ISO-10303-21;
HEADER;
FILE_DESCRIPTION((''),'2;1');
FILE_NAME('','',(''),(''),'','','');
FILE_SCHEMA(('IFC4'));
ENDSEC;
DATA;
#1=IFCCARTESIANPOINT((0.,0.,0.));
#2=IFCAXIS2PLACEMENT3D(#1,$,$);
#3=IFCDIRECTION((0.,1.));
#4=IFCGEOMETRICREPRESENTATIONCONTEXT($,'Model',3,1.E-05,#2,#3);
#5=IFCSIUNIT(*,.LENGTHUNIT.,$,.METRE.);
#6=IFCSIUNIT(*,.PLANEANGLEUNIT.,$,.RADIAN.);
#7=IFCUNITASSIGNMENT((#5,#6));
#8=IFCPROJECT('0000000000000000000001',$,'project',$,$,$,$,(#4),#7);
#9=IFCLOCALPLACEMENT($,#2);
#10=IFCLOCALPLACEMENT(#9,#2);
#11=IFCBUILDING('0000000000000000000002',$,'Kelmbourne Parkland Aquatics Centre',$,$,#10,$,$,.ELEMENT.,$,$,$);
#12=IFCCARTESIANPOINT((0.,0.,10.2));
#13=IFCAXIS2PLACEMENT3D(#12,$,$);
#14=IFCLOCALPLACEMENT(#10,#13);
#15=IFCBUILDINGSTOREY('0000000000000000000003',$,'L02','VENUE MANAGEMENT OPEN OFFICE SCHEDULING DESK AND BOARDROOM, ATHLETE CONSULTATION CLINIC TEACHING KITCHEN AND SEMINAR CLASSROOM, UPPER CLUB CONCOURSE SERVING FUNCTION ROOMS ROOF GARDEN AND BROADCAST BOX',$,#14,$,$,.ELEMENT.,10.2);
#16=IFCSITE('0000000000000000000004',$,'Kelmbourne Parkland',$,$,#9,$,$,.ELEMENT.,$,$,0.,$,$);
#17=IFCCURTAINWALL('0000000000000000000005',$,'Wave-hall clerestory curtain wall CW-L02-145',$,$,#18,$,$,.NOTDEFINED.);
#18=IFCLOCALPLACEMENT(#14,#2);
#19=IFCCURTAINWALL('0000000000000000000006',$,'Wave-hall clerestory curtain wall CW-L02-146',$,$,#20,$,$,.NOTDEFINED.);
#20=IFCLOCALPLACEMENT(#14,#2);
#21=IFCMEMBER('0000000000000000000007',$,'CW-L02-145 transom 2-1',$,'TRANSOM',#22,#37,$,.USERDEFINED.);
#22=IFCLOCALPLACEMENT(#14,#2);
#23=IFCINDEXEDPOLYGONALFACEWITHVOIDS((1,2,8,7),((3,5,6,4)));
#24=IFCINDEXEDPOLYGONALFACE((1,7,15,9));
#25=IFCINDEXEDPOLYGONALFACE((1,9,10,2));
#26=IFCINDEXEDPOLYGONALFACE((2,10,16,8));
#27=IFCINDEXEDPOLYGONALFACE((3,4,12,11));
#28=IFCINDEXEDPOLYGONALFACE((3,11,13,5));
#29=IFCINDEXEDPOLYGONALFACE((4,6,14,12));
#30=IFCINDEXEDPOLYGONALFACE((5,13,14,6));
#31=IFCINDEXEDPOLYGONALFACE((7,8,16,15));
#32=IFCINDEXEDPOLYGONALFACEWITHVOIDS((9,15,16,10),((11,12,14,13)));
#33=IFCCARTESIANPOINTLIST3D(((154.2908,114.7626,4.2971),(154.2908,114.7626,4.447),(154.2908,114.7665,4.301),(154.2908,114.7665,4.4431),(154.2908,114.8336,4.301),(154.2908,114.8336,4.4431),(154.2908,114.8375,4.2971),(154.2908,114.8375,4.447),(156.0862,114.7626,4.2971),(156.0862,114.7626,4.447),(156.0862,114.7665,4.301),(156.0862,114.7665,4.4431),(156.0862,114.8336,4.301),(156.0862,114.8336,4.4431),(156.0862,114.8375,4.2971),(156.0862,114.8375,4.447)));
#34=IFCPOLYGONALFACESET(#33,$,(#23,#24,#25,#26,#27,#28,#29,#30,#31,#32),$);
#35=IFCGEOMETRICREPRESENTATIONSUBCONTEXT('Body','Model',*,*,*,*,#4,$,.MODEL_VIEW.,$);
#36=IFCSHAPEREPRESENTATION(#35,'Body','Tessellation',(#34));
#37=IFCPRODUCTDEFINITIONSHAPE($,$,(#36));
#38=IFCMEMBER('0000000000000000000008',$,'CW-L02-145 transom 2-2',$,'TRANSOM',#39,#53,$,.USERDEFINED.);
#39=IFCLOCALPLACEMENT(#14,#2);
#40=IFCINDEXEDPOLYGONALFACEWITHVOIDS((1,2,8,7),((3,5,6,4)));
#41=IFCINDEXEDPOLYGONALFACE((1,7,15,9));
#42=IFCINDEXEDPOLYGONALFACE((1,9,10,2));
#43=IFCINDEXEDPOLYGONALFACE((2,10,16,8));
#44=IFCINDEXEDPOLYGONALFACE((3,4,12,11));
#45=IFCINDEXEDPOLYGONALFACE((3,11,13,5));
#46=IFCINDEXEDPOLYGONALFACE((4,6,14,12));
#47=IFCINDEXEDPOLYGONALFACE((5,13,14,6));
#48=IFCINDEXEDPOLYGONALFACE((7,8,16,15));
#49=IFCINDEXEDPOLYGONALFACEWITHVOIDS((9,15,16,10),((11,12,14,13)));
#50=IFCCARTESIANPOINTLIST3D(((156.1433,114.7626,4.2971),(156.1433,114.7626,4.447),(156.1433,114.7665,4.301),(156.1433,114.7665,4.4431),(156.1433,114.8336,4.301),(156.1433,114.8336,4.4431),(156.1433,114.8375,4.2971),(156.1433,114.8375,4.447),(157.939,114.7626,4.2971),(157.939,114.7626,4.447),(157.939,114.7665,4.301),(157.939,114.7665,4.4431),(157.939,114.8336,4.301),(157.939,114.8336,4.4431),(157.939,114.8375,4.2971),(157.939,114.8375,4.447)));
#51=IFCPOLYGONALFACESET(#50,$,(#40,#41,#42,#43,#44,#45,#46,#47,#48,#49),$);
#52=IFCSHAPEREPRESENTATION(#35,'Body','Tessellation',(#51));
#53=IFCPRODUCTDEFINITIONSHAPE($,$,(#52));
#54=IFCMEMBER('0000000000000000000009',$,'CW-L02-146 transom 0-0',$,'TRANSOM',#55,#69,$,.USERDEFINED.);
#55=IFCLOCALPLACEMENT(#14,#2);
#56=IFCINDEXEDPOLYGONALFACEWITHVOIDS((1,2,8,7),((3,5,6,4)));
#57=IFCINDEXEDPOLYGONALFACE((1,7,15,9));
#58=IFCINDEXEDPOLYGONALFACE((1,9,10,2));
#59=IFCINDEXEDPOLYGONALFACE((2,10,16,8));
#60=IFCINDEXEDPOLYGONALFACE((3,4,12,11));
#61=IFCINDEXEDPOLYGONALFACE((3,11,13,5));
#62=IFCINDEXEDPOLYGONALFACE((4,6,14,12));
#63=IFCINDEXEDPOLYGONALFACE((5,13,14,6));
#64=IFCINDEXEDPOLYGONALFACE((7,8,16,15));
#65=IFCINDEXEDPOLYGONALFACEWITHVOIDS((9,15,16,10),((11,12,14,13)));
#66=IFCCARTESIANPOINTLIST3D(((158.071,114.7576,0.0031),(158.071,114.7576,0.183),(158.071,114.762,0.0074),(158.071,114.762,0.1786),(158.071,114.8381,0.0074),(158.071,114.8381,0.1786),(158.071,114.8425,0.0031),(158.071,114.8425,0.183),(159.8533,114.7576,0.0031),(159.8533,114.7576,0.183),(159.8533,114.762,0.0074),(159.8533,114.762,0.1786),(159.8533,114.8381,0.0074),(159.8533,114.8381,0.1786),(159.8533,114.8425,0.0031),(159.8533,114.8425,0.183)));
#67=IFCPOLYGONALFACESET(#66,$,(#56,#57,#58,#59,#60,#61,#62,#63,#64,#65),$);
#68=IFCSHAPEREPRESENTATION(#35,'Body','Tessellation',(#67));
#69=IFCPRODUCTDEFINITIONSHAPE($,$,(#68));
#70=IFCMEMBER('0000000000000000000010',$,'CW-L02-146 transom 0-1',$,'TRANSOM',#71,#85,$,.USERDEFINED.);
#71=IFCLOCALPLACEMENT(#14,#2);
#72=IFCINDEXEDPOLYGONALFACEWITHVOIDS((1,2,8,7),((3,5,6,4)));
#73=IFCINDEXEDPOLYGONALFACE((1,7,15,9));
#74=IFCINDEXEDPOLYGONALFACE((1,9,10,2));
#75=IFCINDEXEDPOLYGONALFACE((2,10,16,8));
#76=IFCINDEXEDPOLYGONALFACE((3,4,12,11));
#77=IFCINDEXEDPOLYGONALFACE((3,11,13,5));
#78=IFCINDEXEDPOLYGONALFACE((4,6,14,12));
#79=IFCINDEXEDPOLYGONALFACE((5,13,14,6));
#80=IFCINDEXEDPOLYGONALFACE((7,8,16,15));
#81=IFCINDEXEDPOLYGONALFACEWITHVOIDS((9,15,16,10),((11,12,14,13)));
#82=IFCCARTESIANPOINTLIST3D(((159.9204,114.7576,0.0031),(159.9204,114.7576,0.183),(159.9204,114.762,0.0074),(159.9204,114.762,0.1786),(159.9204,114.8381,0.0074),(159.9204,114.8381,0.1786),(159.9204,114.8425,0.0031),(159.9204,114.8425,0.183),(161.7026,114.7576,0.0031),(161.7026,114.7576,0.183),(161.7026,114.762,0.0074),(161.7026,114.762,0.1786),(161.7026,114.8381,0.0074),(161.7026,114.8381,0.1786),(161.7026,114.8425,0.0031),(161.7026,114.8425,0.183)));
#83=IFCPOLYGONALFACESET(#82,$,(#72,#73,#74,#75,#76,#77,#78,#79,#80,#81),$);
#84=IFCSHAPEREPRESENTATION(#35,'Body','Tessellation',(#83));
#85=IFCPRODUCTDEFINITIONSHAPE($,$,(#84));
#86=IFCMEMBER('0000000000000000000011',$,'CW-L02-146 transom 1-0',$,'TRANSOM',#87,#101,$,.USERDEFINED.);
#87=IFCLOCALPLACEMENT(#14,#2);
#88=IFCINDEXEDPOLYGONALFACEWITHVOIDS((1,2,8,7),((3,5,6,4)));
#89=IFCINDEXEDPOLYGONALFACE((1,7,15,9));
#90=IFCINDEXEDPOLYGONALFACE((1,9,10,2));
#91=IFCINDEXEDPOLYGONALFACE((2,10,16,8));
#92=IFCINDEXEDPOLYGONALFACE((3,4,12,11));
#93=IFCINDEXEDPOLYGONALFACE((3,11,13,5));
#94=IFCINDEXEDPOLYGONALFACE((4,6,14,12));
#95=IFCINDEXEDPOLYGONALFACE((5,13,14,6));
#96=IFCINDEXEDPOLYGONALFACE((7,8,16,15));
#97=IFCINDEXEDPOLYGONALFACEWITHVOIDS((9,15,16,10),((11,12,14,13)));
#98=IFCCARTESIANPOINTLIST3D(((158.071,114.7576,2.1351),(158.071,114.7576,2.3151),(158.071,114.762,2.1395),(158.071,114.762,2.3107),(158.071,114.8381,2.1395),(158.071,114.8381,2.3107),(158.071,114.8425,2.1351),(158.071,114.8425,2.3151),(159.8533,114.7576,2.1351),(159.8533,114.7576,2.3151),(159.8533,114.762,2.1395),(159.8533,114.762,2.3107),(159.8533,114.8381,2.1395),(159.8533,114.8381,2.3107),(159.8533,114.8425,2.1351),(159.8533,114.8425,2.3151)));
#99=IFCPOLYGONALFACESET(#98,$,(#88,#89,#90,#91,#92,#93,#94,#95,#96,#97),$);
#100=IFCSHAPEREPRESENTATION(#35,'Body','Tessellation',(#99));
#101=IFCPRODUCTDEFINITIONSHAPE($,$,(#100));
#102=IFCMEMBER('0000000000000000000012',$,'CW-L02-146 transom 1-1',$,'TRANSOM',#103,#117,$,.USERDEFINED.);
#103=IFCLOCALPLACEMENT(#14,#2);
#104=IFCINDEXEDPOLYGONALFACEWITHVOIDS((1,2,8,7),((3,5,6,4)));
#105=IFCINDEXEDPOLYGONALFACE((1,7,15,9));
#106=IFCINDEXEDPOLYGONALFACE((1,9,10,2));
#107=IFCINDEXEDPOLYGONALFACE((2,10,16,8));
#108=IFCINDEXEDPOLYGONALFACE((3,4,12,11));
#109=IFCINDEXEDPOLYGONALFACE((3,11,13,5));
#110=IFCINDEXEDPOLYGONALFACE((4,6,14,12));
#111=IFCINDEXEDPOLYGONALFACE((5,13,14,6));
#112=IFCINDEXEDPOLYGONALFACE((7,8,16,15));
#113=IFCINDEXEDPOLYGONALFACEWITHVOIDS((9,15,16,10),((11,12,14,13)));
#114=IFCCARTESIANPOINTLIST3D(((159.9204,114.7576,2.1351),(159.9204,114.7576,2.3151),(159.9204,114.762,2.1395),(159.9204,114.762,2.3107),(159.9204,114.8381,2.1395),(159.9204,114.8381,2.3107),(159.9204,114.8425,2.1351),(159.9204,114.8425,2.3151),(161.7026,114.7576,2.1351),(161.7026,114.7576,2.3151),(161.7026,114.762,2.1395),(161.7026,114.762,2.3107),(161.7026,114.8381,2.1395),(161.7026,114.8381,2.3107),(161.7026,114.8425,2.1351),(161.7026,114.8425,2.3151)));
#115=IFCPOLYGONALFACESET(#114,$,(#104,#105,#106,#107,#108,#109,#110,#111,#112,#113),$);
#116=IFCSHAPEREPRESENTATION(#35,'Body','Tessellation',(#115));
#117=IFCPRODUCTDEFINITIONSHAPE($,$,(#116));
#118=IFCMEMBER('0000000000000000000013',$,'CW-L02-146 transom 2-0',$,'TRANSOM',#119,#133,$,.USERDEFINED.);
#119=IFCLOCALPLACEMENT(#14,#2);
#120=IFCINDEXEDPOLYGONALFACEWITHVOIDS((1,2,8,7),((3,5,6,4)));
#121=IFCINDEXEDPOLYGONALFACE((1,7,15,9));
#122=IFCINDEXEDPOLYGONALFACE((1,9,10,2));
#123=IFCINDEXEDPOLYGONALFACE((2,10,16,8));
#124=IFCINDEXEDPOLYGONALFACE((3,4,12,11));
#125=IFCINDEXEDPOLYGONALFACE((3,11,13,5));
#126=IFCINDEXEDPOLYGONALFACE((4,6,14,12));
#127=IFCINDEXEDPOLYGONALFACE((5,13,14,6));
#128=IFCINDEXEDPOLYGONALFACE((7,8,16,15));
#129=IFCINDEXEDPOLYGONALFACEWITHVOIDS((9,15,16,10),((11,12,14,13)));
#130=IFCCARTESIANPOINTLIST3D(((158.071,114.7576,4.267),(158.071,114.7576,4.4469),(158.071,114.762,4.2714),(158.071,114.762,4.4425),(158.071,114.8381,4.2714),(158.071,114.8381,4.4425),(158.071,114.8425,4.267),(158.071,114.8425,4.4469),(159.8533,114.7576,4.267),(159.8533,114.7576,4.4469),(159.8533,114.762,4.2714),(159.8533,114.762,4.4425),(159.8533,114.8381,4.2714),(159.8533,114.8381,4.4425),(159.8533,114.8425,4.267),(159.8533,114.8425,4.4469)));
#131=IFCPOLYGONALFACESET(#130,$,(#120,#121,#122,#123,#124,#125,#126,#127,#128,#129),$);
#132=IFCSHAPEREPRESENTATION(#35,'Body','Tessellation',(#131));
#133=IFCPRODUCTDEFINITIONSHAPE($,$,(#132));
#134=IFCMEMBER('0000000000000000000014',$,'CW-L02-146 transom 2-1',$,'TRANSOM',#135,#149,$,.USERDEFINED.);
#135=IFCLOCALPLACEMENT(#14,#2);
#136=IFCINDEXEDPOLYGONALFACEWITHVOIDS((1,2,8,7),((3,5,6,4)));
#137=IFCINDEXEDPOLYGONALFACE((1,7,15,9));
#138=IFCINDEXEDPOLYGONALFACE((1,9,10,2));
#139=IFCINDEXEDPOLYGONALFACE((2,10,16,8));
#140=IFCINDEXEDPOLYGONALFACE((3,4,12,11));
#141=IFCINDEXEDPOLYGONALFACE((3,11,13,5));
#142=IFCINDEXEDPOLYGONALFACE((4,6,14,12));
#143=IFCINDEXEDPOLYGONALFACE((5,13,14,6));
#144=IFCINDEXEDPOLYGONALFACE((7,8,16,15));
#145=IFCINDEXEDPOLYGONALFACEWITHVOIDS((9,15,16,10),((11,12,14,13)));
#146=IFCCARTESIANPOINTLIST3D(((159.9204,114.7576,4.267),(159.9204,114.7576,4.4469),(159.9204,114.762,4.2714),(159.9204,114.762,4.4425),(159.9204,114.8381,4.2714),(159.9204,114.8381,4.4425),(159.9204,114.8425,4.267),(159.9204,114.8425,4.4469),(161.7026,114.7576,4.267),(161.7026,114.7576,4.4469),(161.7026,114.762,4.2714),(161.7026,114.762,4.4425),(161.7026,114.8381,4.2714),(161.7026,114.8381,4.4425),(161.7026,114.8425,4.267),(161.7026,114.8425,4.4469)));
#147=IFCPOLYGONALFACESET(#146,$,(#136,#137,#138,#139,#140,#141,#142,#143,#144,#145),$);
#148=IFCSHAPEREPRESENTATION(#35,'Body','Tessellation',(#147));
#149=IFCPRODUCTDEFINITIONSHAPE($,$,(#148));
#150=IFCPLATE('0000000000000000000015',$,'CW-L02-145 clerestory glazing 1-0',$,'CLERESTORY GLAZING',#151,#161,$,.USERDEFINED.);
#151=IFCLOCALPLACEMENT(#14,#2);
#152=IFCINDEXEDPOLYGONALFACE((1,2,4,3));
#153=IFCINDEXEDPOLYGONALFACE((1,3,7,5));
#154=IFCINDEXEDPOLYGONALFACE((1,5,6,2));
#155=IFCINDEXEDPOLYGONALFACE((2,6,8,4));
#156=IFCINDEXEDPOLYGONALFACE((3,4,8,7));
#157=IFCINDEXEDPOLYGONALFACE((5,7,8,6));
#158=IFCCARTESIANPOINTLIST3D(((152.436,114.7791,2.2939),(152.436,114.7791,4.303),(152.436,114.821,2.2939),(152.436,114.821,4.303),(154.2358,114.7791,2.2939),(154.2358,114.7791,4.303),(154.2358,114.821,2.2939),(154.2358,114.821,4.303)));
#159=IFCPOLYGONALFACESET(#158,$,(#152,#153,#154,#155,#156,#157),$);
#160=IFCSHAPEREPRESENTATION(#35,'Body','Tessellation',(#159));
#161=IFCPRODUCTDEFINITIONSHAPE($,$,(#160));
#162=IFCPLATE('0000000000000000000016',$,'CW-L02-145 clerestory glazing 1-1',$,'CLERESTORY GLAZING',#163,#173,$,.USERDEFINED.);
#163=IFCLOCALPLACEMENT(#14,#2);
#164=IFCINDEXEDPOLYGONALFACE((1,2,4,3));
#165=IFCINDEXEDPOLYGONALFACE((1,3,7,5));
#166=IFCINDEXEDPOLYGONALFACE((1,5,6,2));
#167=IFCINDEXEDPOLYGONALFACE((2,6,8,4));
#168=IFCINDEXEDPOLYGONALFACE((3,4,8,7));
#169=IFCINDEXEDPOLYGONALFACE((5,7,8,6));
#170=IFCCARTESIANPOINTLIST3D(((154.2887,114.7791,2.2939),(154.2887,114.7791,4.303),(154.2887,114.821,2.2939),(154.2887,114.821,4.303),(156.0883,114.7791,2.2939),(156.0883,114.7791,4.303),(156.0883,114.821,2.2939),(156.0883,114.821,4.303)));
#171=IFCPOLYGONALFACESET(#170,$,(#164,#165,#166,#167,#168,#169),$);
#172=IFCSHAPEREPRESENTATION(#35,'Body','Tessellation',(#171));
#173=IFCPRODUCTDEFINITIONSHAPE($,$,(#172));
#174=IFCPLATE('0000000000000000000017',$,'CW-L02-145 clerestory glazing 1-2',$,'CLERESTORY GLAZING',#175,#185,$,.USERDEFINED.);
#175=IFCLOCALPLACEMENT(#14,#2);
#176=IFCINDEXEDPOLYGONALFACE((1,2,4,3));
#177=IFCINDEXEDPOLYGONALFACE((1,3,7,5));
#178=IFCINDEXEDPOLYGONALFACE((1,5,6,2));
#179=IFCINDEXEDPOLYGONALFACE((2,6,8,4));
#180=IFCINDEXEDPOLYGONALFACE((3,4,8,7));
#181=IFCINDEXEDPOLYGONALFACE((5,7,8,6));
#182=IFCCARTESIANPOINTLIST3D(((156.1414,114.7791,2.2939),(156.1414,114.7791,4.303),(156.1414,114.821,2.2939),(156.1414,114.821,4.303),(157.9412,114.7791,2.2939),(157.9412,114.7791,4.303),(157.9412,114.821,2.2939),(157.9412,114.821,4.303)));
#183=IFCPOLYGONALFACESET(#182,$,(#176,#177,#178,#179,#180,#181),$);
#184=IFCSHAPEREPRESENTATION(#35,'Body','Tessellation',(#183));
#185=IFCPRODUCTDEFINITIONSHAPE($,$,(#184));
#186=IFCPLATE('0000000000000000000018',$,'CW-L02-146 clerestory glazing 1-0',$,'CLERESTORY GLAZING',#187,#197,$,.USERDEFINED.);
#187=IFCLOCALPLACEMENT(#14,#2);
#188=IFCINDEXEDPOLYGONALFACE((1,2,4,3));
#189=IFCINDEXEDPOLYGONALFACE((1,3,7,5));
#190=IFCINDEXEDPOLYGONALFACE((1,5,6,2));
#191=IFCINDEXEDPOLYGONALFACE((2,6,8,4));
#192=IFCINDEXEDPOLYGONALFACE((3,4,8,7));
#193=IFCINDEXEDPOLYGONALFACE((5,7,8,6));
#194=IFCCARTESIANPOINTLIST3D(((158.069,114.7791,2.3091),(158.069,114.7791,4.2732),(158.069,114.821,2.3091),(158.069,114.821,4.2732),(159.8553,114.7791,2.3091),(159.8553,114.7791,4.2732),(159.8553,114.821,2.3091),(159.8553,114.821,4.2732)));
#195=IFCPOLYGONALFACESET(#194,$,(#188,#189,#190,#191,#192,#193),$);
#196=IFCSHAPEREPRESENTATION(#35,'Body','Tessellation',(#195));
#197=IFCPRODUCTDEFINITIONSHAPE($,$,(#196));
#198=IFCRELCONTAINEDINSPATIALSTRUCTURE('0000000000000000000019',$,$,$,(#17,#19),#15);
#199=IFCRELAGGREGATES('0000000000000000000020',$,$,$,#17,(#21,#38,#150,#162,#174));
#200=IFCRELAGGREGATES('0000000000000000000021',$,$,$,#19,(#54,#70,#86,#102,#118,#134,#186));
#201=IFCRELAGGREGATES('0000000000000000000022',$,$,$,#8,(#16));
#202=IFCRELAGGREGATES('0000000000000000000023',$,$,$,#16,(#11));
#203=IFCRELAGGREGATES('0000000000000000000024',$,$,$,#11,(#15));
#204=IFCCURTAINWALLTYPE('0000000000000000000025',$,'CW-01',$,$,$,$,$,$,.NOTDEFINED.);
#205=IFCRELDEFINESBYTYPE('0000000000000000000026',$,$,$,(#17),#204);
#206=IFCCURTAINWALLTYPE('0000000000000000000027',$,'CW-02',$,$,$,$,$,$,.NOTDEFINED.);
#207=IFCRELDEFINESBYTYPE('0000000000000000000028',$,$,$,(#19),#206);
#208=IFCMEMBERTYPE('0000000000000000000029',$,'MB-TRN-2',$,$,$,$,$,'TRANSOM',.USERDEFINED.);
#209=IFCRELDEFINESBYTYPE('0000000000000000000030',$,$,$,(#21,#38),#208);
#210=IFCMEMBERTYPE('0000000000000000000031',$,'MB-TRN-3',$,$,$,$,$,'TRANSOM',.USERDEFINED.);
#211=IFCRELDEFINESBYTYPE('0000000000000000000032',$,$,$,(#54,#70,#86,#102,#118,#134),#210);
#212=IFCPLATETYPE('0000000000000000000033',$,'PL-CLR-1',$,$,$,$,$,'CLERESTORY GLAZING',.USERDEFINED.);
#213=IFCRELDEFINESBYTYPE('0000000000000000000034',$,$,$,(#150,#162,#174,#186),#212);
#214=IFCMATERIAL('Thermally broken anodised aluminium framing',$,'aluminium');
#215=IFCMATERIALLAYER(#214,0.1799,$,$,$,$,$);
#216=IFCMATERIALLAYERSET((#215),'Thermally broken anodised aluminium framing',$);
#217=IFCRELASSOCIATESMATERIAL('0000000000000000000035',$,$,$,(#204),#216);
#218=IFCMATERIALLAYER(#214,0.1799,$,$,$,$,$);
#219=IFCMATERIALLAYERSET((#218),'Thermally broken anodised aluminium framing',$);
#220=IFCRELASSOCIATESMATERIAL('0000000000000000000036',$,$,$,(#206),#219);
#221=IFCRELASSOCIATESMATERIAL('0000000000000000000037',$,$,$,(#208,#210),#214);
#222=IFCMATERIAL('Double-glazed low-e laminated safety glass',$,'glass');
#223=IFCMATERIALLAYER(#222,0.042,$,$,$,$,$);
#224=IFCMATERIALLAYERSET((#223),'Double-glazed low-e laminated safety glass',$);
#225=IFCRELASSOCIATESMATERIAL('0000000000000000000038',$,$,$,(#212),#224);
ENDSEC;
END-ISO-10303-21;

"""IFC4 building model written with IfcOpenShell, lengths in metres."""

from ifc_helpers import new_model, si_unit, direction, frame, origin, origin_2d, place, context, subcontext, project, spatial, rectangle, hollow_rectangle, extrude, material, layer, layer_set, material_profile, profile_set, type_object, element, aggregate, save


model = new_model("IFC4")

# Units and contexts
model_context = context("Model", 3, precision=1e-05, world=origin(), true_north=direction((0.0, 1.0)))
body_context = subcontext(model_context, "Body", "Model", "MODEL_VIEW")
ifc_project = project(units=[si_unit("LENGTHUNIT", "METRE"), si_unit("PLANEANGLEUNIT", "RADIAN")], contexts=[model_context])

# Site, building, storey
site_placement = place(None, origin())
site = spatial("IfcSite", under=ifc_project, at=site_placement, Name="Kelmbourne Parkland", CompositionType="ELEMENT", RefElevation=0.0)
building_placement = place(site_placement, origin())
building = spatial("IfcBuilding", under=site, at=building_placement, Name="Kelmbourne Parkland Aquatics Centre", CompositionType="ELEMENT")
storey_placement = place(building_placement, frame((0.0, 0.0, 10.2)))
storey = spatial("IfcBuildingStorey", under=building, at=storey_placement, Name="L02", Description="VENUE MANAGEMENT OPEN OFFICE SCHEDULING DESK AND BOARDROOM, ATHLETE CONSULTATION CLINIC TEACHING KITCHEN AND SEMINAR CLASSROOM, UPPER CLUB CONCOURSE SERVING FUNCTION ROOMS ROOF GARDEN AND BROADCAST BOX", CompositionType="ELEMENT", Elevation=10.2)

# Curtain walls
ifc_material_1 = material(Name="Thermally broken anodised aluminium framing", Category="aluminium")
ifc_layer_1 = layer(ifc_material_1, 0.1799)
ifc_layer_set_1 = layer_set([ifc_layer_1], Name="Thermally broken anodised aluminium framing")
curtain_wall_type_1 = type_object("IfcCurtainWallType", Name="CW-01", PredefinedType="NOTDEFINED", material=ifc_layer_set_1)
curtain_wall_1_placement = place(storey_placement, origin())
curtain_wall_1 = element("IfcCurtainWall", 1, at=curtain_wall_1_placement, inside=storey, type_object=curtain_wall_type_1, Name="Wave-hall clerestory curtain wall CW-L02-145", PredefinedType="NOTDEFINED")
ifc_layer_2 = layer(ifc_material_1, 0.1799)
ifc_layer_set_2 = layer_set([ifc_layer_2], Name="Thermally broken anodised aluminium framing")
curtain_wall_type_2 = type_object("IfcCurtainWallType", Name="CW-02", PredefinedType="NOTDEFINED", material=ifc_layer_set_2)
curtain_wall_2_placement = place(storey_placement, origin())
curtain_wall_2 = element("IfcCurtainWall", 2, at=curtain_wall_2_placement, inside=storey, type_object=curtain_wall_type_2, Name="Wave-hall clerestory curtain wall CW-L02-146", PredefinedType="NOTDEFINED")

# Members
ifc_material_profile_1 = material_profile(ifc_material_1, hollow_rectangle(XDim=0.075, YDim=0.1499, WallThickness=0.0039, at=origin_2d()), Name="CW-T 75x150")
ifc_profile_set_1 = profile_set([ifc_material_profile_1], Name="Thermally broken anodised aluminium framing")
member_type_1 = type_object("IfcMemberType", Name="MB-TRN-2", ElementType="TRANSOM", PredefinedType="USERDEFINED", material=ifc_profile_set_1)
member_1_placement = place(storey_placement, frame((154.2908, 114.8, 4.3721), z_axis=(1.0, 0.0, 0.0), x_axis=(0.0, 1.0, 0.0)))
member_1 = element("IfcMember", 3, at=member_1_placement, type_object=member_type_1, Name="CW-L02-145 transom 2-1", ObjectType="TRANSOM", PredefinedType="USERDEFINED", context=body_context, shape_type="SweptSolid", body=[
    extrude(hollow_rectangle(XDim=0.075, YDim=0.1499, WallThickness=0.0039, at=origin_2d()), origin(), (0.0, 0.0, 1.0), 1.7954),
])
member_2_placement = place(storey_placement, frame((156.1433, 114.8, 4.3721), z_axis=(1.0, 0.0, 0.0), x_axis=(0.0, 1.0, 0.0)))
member_2 = element("IfcMember", 4, at=member_2_placement, type_object=member_type_1, Name="CW-L02-145 transom 2-2", ObjectType="TRANSOM", PredefinedType="USERDEFINED", context=body_context, shape_type="SweptSolid", body=[
    extrude(hollow_rectangle(XDim=0.075, YDim=0.1499, WallThickness=0.0039, at=origin_2d()), origin(), (0.0, 0.0, 1.0), 1.7957),
])
ifc_material_profile_2 = material_profile(ifc_material_1, hollow_rectangle(XDim=0.085, YDim=0.1799, WallThickness=0.0044, at=origin_2d()), Name="CW-T 85x180")
ifc_profile_set_2 = profile_set([ifc_material_profile_2], Name="Thermally broken anodised aluminium framing")
member_type_2 = type_object("IfcMemberType", Name="MB-TRN-3", ElementType="TRANSOM", PredefinedType="USERDEFINED", material=ifc_profile_set_2)
member_3_placement = place(storey_placement, frame((158.071, 114.8, 0.093), z_axis=(1.0, 0.0, 0.0), x_axis=(0.0, 1.0, 0.0)))
member_3 = element("IfcMember", 5, at=member_3_placement, type_object=member_type_2, Name="CW-L02-146 transom 0-0", ObjectType="TRANSOM", PredefinedType="USERDEFINED", context=body_context, shape_type="SweptSolid", body=[
    extrude(hollow_rectangle(XDim=0.085, YDim=0.1799, WallThickness=0.0044, at=origin_2d()), origin(), (0.0, 0.0, 1.0), 1.7822),
])
member_4_placement = place(storey_placement, frame((159.9204, 114.8, 0.093), z_axis=(1.0, 0.0, 0.0), x_axis=(0.0, 1.0, 0.0)))
member_4 = element("IfcMember", 6, at=member_4_placement, type_object=member_type_2, Name="CW-L02-146 transom 0-1", ObjectType="TRANSOM", PredefinedType="USERDEFINED", context=body_context, shape_type="SweptSolid", body=[
    extrude(hollow_rectangle(XDim=0.085, YDim=0.1799, WallThickness=0.0044, at=origin_2d()), origin(), (0.0, 0.0, 1.0), 1.7822),
])
member_5_placement = place(storey_placement, frame((158.071, 114.8, 2.2251), z_axis=(1.0, 0.0, 0.0), x_axis=(0.0, 1.0, 0.0)))
member_5 = element("IfcMember", 7, at=member_5_placement, type_object=member_type_2, Name="CW-L02-146 transom 1-0", ObjectType="TRANSOM", PredefinedType="USERDEFINED", context=body_context, shape_type="SweptSolid", body=[
    extrude(hollow_rectangle(XDim=0.085, YDim=0.1799, WallThickness=0.0044, at=origin_2d()), origin(), (0.0, 0.0, 1.0), 1.7822),
])
member_6_placement = place(storey_placement, frame((159.9204, 114.8, 2.2251), z_axis=(1.0, 0.0, 0.0), x_axis=(0.0, 1.0, 0.0)))
member_6 = element("IfcMember", 8, at=member_6_placement, type_object=member_type_2, Name="CW-L02-146 transom 1-1", ObjectType="TRANSOM", PredefinedType="USERDEFINED", context=body_context, shape_type="SweptSolid", body=[
    extrude(hollow_rectangle(XDim=0.085, YDim=0.1799, WallThickness=0.0044, at=origin_2d()), origin(), (0.0, 0.0, 1.0), 1.7822),
])
member_7_placement = place(storey_placement, frame((158.071, 114.8, 4.3569), z_axis=(1.0, 0.0, 0.0), x_axis=(0.0, 1.0, 0.0)))
member_7 = element("IfcMember", 9, at=member_7_placement, type_object=member_type_2, Name="CW-L02-146 transom 2-0", ObjectType="TRANSOM", PredefinedType="USERDEFINED", context=body_context, shape_type="SweptSolid", body=[
    extrude(hollow_rectangle(XDim=0.085, YDim=0.1799, WallThickness=0.0044, at=origin_2d()), origin(), (0.0, 0.0, 1.0), 1.7822),
])
member_8_placement = place(storey_placement, frame((159.9204, 114.8, 4.3569), z_axis=(1.0, 0.0, 0.0), x_axis=(0.0, 1.0, 0.0)))
member_8 = element("IfcMember", 10, at=member_8_placement, type_object=member_type_2, Name="CW-L02-146 transom 2-1", ObjectType="TRANSOM", PredefinedType="USERDEFINED", context=body_context, shape_type="SweptSolid", body=[
    extrude(hollow_rectangle(XDim=0.085, YDim=0.1799, WallThickness=0.0044, at=origin_2d()), origin(), (0.0, 0.0, 1.0), 1.7822),
])

# Plates
ifc_material_2 = material(Name="Double-glazed low-e laminated safety glass", Category="glass")
ifc_layer_3 = layer(ifc_material_2, 0.042)
ifc_layer_set_3 = layer_set([ifc_layer_3], Name="Double-glazed low-e laminated safety glass")
plate_type_1 = type_object("IfcPlateType", Name="PL-CLR-1", ElementType="CLERESTORY GLAZING", PredefinedType="USERDEFINED", material=ifc_layer_set_3)
plate_1_placement = place(storey_placement, frame((153.3359, 114.8, 2.2939), z_axis=(0.0, 0.0, 1.0), x_axis=(1.0, 0.0, 0.0)))
plate_1 = element("IfcPlate", 11, at=plate_1_placement, type_object=plate_type_1, Name="CW-L02-145 clerestory glazing 1-0", ObjectType="CLERESTORY GLAZING", PredefinedType="USERDEFINED", context=body_context, shape_type="SweptSolid", body=[
    extrude(rectangle(XDim=1.7998, YDim=0.042, at=origin_2d()), origin(), (0.0, 0.0, 1.0), 2.009),
])
plate_2_placement = place(storey_placement, frame((155.1885, 114.8, 2.2939), z_axis=(0.0, 0.0, 1.0), x_axis=(1.0, 0.0, 0.0)))
plate_2 = element("IfcPlate", 12, at=plate_2_placement, type_object=plate_type_1, Name="CW-L02-145 clerestory glazing 1-1", ObjectType="CLERESTORY GLAZING", PredefinedType="USERDEFINED", context=body_context, shape_type="SweptSolid", body=[
    extrude(rectangle(XDim=1.7996, YDim=0.042, at=origin_2d()), origin(), (0.0, 0.0, 1.0), 2.009),
])
plate_3_placement = place(storey_placement, frame((157.0413, 114.8, 2.2939), z_axis=(0.0, 0.0, 1.0), x_axis=(1.0, 0.0, 0.0)))
plate_3 = element("IfcPlate", 13, at=plate_3_placement, type_object=plate_type_1, Name="CW-L02-145 clerestory glazing 1-2", ObjectType="CLERESTORY GLAZING", PredefinedType="USERDEFINED", context=body_context, shape_type="SweptSolid", body=[
    extrude(rectangle(XDim=1.7998, YDim=0.042, at=origin_2d()), origin(), (0.0, 0.0, 1.0), 2.009),
])
plate_4_placement = place(storey_placement, frame((158.9622, 114.8, 2.3091), z_axis=(0.0, 0.0, 1.0), x_axis=(1.0, 0.0, 0.0)))
plate_4 = element("IfcPlate", 14, at=plate_4_placement, type_object=plate_type_1, Name="CW-L02-146 clerestory glazing 1-0", ObjectType="CLERESTORY GLAZING", PredefinedType="USERDEFINED", context=body_context, shape_type="SweptSolid", body=[
    extrude(rectangle(XDim=1.7864, YDim=0.042, at=origin_2d()), origin(), (0.0, 0.0, 1.0), 1.9641),
])
aggregate(curtain_wall_1, [member_1, member_2, plate_1, plate_2, plate_3])
aggregate(curtain_wall_2, [member_3, member_4, member_5, member_6, member_7, member_8, plate_4])

save(model, "model.ifc")
